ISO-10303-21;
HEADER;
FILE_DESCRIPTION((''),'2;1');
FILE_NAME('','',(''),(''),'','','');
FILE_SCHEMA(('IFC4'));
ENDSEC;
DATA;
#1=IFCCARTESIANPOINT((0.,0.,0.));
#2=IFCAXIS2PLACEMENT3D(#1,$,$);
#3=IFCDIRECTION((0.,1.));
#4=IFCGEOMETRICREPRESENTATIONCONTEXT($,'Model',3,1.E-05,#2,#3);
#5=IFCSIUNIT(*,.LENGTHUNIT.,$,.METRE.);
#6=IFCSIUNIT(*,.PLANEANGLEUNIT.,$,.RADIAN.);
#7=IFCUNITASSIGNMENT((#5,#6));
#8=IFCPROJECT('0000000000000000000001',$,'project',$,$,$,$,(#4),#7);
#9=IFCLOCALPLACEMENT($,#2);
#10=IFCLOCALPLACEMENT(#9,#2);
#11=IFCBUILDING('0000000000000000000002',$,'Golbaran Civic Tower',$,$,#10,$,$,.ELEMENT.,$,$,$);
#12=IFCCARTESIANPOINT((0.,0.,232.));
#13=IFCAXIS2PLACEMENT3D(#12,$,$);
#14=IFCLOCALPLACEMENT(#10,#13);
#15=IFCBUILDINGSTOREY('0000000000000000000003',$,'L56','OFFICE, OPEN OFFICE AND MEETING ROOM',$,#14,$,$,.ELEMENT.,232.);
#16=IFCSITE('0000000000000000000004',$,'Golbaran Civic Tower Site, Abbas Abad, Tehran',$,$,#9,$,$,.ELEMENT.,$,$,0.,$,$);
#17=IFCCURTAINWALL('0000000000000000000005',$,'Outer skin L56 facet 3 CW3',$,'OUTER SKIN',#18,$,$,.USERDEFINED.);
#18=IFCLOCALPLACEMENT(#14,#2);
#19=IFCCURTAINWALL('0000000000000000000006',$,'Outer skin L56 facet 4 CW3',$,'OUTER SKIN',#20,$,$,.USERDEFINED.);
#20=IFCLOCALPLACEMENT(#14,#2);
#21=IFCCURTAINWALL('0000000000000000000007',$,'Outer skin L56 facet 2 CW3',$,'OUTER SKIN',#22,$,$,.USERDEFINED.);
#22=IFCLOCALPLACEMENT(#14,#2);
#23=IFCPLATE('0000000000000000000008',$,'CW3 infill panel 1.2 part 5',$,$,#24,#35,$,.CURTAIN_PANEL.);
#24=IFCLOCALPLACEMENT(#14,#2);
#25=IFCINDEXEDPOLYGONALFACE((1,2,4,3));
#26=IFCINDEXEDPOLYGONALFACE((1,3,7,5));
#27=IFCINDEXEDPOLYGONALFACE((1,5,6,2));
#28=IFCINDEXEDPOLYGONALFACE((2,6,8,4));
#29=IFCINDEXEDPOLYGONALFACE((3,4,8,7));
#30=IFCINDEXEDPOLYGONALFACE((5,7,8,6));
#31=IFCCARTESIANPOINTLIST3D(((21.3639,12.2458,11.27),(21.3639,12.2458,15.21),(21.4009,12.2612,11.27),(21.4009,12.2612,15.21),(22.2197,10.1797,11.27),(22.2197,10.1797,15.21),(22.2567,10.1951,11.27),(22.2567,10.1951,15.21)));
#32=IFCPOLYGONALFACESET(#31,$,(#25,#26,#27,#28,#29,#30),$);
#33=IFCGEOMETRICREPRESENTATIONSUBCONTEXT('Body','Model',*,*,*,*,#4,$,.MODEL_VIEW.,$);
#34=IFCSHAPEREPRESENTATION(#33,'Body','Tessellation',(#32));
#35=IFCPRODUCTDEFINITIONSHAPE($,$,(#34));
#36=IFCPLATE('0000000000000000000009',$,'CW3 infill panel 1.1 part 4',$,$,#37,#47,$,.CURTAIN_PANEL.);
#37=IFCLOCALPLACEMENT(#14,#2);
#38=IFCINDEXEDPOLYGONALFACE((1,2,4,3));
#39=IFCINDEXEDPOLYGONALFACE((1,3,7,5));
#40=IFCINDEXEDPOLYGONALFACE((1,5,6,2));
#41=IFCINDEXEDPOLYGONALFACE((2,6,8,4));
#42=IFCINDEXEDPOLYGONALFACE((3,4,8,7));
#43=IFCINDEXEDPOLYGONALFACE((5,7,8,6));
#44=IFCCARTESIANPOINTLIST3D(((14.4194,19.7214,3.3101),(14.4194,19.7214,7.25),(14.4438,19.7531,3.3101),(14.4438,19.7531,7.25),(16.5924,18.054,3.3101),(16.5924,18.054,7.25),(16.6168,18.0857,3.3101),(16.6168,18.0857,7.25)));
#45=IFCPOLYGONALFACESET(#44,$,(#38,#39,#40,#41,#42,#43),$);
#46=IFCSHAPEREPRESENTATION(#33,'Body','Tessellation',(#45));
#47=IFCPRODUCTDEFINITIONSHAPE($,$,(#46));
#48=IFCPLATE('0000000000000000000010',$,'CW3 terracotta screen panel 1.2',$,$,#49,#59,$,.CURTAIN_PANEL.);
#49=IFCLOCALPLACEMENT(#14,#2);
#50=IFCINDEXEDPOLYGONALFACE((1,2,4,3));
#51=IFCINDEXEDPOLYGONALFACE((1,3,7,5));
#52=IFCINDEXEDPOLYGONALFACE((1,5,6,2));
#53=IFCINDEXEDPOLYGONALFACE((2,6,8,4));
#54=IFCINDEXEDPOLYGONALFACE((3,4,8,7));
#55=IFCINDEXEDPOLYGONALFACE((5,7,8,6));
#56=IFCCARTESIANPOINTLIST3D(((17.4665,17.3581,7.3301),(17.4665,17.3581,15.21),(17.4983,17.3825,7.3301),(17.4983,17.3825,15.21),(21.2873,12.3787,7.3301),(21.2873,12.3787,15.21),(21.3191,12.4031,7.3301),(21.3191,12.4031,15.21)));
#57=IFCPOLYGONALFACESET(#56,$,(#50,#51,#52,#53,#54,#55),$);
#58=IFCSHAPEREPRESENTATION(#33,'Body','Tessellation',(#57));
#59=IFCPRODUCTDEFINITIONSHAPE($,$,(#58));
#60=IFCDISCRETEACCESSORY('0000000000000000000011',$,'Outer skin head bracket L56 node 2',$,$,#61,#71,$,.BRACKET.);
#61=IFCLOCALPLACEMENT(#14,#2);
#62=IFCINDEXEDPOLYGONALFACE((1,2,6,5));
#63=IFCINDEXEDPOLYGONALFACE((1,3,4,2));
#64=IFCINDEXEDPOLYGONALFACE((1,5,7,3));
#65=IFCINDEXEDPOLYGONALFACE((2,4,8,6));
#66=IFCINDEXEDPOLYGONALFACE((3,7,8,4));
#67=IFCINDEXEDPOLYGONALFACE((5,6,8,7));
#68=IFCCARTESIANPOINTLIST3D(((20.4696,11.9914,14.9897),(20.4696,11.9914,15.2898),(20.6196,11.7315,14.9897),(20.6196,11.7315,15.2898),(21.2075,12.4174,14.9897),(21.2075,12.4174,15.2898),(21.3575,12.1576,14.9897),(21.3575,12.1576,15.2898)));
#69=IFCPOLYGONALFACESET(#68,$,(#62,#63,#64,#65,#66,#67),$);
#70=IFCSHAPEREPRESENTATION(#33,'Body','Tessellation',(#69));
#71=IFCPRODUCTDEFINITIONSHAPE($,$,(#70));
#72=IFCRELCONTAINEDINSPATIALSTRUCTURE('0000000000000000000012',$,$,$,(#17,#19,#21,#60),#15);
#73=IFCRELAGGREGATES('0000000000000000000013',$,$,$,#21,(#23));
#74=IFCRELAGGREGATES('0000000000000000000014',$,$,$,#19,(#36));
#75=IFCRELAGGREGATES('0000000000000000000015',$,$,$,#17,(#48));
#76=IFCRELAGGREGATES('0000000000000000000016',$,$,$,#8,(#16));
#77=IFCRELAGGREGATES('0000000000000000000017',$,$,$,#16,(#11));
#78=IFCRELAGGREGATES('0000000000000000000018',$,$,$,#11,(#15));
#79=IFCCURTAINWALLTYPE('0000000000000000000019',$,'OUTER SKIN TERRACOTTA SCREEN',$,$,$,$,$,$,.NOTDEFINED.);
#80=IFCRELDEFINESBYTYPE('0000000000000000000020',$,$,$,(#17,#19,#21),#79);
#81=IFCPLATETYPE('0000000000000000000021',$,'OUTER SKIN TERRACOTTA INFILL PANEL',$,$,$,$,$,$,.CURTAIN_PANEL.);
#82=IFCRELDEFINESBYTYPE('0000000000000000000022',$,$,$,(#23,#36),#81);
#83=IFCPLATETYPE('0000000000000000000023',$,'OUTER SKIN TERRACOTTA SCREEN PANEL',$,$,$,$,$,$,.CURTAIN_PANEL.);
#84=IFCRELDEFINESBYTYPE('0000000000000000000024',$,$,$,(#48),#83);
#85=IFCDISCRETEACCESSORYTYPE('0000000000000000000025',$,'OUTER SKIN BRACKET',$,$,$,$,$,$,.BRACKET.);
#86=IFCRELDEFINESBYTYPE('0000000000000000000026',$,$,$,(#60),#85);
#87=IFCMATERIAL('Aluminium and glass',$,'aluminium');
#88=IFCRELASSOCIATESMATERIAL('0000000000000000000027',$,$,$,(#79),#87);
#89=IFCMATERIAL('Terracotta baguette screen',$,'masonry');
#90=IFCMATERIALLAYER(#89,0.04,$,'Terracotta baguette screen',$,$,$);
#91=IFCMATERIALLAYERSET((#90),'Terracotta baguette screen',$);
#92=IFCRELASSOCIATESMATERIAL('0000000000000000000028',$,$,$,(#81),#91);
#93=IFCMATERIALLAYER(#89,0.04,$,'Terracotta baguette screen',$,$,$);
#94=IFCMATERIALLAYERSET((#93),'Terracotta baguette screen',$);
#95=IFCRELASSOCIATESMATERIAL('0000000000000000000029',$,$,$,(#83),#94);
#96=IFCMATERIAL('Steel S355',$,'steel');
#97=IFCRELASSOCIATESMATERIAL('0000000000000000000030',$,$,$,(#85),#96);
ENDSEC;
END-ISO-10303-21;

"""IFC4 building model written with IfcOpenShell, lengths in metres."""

from ifc_helpers import new_model, si_unit, direction, frame, origin, origin_2d, place, context, subcontext, project, spatial, rectangle, extrude, material, layer, layer_set, type_object, element, aggregate, save


model = new_model("IFC4")

# Units and contexts
model_context = context("Model", 3, precision=1e-05, world=origin(), true_north=direction((0.0, 1.0)))
body_context = subcontext(model_context, "Body", "Model", "MODEL_VIEW")
ifc_project = project(units=[si_unit("LENGTHUNIT", "METRE"), si_unit("PLANEANGLEUNIT", "RADIAN")], contexts=[model_context])

# Site, building, storey
site_placement = place(None, origin())
site = spatial("IfcSite", under=ifc_project, at=site_placement, Name="Golbaran Civic Tower Site, Abbas Abad, Tehran", CompositionType="ELEMENT", RefElevation=0.0)
building_placement = place(site_placement, origin())
building = spatial("IfcBuilding", under=site, at=building_placement, Name="Golbaran Civic Tower", CompositionType="ELEMENT")
storey_placement = place(building_placement, frame((0.0, 0.0, 232.0)))
storey = spatial("IfcBuildingStorey", under=building, at=storey_placement, Name="L56", Description="OFFICE, OPEN OFFICE AND MEETING ROOM", CompositionType="ELEMENT", Elevation=232.0)

# Curtain walls
ifc_material_1 = material(Name="Aluminium and glass", Category="aluminium")
curtain_wall_type_1 = type_object("IfcCurtainWallType", Name="OUTER SKIN TERRACOTTA SCREEN", PredefinedType="NOTDEFINED", material=ifc_material_1)
curtain_wall_1_placement = place(storey_placement, origin())
curtain_wall_1 = element("IfcCurtainWall", 1, at=curtain_wall_1_placement, inside=storey, type_object=curtain_wall_type_1, Name="Outer skin L56 facet 3 CW3", ObjectType="OUTER SKIN", PredefinedType="USERDEFINED")
curtain_wall_2_placement = place(storey_placement, origin())
curtain_wall_2 = element("IfcCurtainWall", 2, at=curtain_wall_2_placement, inside=storey, type_object=curtain_wall_type_1, Name="Outer skin L56 facet 4 CW3", ObjectType="OUTER SKIN", PredefinedType="USERDEFINED")

# Curtain wall
curtain_wall_3_placement = place(storey_placement, origin())
curtain_wall_3 = element("IfcCurtainWall", 3, at=curtain_wall_3_placement, inside=storey, type_object=curtain_wall_type_1, Name="Outer skin L56 facet 2 CW3", ObjectType="OUTER SKIN", PredefinedType="USERDEFINED")

# Plates
ifc_material_2 = material(Name="Terracotta baguette screen", Category="masonry")
ifc_layer_1 = layer(ifc_material_2, 0.04, Name="Terracotta baguette screen")
ifc_layer_set_1 = layer_set([ifc_layer_1], Name="Terracotta baguette screen")
plate_type_1 = type_object("IfcPlateType", Name="OUTER SKIN TERRACOTTA INFILL PANEL", PredefinedType="CURTAIN_PANEL", material=ifc_layer_set_1)
plate_1_placement = place(storey_placement, frame((21.8103, 11.2205, 11.27), z_axis=(0.0, 0.0, 1.0), x_axis=(-0.382683, 0.92388, 0.0)))
plate_1 = element("IfcPlate", 4, at=plate_1_placement, type_object=plate_type_1, Name="CW3 infill panel 1.2 part 5", PredefinedType="CURTAIN_PANEL", context=body_context, shape_type="SweptSolid", body=[
    extrude(rectangle(XDim=2.2363, YDim=0.04, at=origin_2d()), origin(), (0.0, 0.0, 1.0), 3.9399),
])
aggregate(curtain_wall_3, [plate_1])
plate_2_placement = place(storey_placement, frame((15.5181, 18.9036, 3.3101), z_axis=(0.0, 0.0, 1.0), x_axis=(-0.793353, 0.608761, 0.0)))
plate_2 = element("IfcPlate", 5, at=plate_2_placement, type_object=plate_type_1, Name="CW3 infill panel 1.1 part 4", PredefinedType="CURTAIN_PANEL", context=body_context, shape_type="SweptSolid", body=[
    extrude(rectangle(XDim=2.739, YDim=0.04, at=origin_2d()), origin(), (0.0, 0.0, 1.0), 3.9399),
])
aggregate(curtain_wall_2, [plate_2])
ifc_layer_2 = layer(ifc_material_2, 0.04, Name="Terracotta baguette screen")
ifc_layer_set_2 = layer_set([ifc_layer_2], Name="Terracotta baguette screen")
plate_type_2 = type_object("IfcPlateType", Name="OUTER SKIN TERRACOTTA SCREEN PANEL", PredefinedType="CURTAIN_PANEL", material=ifc_layer_set_2)
plate_3_placement = place(storey_placement, frame((19.3928, 14.8806, 7.3301), z_axis=(0.0, 0.0, 1.0), x_axis=(-0.608761, 0.793353, 0.0)))
plate_3 = element("IfcPlate", 6, at=plate_3_placement, type_object=plate_type_2, Name="CW3 terracotta screen panel 1.2", PredefinedType="CURTAIN_PANEL", context=body_context, shape_type="SweptSolid", body=[
    extrude(rectangle(XDim=6.2764, YDim=0.04, at=origin_2d()), origin(), (0.0, 0.0, 1.0), 7.8799),
])
aggregate(curtain_wall_1, [plate_3])

# Discrete accessory
ifc_material_3 = material(Name="Steel S355", Category="steel")
discrete_accessory_type = type_object("IfcDiscreteAccessoryType", Name="OUTER SKIN BRACKET", PredefinedType="BRACKET", material=ifc_material_3)
discrete_accessory_placement = place(storey_placement, frame((20.9136, 12.0745, 14.9897), z_axis=(0.0, 0.0, 1.0), x_axis=(0.866025, 0.5, 0.0)))
element("IfcDiscreteAccessory", 7, at=discrete_accessory_placement, inside=storey, type_object=discrete_accessory_type, Name="Outer skin head bracket L56 node 2", PredefinedType="BRACKET", context=body_context, shape_type="SweptSolid", body=[
    extrude(rectangle(XDim=0.8521, YDim=0.3, at=origin_2d()), origin(), (0.0, 0.0, 1.0), 0.3),
])

save(model, "model.ifc")
